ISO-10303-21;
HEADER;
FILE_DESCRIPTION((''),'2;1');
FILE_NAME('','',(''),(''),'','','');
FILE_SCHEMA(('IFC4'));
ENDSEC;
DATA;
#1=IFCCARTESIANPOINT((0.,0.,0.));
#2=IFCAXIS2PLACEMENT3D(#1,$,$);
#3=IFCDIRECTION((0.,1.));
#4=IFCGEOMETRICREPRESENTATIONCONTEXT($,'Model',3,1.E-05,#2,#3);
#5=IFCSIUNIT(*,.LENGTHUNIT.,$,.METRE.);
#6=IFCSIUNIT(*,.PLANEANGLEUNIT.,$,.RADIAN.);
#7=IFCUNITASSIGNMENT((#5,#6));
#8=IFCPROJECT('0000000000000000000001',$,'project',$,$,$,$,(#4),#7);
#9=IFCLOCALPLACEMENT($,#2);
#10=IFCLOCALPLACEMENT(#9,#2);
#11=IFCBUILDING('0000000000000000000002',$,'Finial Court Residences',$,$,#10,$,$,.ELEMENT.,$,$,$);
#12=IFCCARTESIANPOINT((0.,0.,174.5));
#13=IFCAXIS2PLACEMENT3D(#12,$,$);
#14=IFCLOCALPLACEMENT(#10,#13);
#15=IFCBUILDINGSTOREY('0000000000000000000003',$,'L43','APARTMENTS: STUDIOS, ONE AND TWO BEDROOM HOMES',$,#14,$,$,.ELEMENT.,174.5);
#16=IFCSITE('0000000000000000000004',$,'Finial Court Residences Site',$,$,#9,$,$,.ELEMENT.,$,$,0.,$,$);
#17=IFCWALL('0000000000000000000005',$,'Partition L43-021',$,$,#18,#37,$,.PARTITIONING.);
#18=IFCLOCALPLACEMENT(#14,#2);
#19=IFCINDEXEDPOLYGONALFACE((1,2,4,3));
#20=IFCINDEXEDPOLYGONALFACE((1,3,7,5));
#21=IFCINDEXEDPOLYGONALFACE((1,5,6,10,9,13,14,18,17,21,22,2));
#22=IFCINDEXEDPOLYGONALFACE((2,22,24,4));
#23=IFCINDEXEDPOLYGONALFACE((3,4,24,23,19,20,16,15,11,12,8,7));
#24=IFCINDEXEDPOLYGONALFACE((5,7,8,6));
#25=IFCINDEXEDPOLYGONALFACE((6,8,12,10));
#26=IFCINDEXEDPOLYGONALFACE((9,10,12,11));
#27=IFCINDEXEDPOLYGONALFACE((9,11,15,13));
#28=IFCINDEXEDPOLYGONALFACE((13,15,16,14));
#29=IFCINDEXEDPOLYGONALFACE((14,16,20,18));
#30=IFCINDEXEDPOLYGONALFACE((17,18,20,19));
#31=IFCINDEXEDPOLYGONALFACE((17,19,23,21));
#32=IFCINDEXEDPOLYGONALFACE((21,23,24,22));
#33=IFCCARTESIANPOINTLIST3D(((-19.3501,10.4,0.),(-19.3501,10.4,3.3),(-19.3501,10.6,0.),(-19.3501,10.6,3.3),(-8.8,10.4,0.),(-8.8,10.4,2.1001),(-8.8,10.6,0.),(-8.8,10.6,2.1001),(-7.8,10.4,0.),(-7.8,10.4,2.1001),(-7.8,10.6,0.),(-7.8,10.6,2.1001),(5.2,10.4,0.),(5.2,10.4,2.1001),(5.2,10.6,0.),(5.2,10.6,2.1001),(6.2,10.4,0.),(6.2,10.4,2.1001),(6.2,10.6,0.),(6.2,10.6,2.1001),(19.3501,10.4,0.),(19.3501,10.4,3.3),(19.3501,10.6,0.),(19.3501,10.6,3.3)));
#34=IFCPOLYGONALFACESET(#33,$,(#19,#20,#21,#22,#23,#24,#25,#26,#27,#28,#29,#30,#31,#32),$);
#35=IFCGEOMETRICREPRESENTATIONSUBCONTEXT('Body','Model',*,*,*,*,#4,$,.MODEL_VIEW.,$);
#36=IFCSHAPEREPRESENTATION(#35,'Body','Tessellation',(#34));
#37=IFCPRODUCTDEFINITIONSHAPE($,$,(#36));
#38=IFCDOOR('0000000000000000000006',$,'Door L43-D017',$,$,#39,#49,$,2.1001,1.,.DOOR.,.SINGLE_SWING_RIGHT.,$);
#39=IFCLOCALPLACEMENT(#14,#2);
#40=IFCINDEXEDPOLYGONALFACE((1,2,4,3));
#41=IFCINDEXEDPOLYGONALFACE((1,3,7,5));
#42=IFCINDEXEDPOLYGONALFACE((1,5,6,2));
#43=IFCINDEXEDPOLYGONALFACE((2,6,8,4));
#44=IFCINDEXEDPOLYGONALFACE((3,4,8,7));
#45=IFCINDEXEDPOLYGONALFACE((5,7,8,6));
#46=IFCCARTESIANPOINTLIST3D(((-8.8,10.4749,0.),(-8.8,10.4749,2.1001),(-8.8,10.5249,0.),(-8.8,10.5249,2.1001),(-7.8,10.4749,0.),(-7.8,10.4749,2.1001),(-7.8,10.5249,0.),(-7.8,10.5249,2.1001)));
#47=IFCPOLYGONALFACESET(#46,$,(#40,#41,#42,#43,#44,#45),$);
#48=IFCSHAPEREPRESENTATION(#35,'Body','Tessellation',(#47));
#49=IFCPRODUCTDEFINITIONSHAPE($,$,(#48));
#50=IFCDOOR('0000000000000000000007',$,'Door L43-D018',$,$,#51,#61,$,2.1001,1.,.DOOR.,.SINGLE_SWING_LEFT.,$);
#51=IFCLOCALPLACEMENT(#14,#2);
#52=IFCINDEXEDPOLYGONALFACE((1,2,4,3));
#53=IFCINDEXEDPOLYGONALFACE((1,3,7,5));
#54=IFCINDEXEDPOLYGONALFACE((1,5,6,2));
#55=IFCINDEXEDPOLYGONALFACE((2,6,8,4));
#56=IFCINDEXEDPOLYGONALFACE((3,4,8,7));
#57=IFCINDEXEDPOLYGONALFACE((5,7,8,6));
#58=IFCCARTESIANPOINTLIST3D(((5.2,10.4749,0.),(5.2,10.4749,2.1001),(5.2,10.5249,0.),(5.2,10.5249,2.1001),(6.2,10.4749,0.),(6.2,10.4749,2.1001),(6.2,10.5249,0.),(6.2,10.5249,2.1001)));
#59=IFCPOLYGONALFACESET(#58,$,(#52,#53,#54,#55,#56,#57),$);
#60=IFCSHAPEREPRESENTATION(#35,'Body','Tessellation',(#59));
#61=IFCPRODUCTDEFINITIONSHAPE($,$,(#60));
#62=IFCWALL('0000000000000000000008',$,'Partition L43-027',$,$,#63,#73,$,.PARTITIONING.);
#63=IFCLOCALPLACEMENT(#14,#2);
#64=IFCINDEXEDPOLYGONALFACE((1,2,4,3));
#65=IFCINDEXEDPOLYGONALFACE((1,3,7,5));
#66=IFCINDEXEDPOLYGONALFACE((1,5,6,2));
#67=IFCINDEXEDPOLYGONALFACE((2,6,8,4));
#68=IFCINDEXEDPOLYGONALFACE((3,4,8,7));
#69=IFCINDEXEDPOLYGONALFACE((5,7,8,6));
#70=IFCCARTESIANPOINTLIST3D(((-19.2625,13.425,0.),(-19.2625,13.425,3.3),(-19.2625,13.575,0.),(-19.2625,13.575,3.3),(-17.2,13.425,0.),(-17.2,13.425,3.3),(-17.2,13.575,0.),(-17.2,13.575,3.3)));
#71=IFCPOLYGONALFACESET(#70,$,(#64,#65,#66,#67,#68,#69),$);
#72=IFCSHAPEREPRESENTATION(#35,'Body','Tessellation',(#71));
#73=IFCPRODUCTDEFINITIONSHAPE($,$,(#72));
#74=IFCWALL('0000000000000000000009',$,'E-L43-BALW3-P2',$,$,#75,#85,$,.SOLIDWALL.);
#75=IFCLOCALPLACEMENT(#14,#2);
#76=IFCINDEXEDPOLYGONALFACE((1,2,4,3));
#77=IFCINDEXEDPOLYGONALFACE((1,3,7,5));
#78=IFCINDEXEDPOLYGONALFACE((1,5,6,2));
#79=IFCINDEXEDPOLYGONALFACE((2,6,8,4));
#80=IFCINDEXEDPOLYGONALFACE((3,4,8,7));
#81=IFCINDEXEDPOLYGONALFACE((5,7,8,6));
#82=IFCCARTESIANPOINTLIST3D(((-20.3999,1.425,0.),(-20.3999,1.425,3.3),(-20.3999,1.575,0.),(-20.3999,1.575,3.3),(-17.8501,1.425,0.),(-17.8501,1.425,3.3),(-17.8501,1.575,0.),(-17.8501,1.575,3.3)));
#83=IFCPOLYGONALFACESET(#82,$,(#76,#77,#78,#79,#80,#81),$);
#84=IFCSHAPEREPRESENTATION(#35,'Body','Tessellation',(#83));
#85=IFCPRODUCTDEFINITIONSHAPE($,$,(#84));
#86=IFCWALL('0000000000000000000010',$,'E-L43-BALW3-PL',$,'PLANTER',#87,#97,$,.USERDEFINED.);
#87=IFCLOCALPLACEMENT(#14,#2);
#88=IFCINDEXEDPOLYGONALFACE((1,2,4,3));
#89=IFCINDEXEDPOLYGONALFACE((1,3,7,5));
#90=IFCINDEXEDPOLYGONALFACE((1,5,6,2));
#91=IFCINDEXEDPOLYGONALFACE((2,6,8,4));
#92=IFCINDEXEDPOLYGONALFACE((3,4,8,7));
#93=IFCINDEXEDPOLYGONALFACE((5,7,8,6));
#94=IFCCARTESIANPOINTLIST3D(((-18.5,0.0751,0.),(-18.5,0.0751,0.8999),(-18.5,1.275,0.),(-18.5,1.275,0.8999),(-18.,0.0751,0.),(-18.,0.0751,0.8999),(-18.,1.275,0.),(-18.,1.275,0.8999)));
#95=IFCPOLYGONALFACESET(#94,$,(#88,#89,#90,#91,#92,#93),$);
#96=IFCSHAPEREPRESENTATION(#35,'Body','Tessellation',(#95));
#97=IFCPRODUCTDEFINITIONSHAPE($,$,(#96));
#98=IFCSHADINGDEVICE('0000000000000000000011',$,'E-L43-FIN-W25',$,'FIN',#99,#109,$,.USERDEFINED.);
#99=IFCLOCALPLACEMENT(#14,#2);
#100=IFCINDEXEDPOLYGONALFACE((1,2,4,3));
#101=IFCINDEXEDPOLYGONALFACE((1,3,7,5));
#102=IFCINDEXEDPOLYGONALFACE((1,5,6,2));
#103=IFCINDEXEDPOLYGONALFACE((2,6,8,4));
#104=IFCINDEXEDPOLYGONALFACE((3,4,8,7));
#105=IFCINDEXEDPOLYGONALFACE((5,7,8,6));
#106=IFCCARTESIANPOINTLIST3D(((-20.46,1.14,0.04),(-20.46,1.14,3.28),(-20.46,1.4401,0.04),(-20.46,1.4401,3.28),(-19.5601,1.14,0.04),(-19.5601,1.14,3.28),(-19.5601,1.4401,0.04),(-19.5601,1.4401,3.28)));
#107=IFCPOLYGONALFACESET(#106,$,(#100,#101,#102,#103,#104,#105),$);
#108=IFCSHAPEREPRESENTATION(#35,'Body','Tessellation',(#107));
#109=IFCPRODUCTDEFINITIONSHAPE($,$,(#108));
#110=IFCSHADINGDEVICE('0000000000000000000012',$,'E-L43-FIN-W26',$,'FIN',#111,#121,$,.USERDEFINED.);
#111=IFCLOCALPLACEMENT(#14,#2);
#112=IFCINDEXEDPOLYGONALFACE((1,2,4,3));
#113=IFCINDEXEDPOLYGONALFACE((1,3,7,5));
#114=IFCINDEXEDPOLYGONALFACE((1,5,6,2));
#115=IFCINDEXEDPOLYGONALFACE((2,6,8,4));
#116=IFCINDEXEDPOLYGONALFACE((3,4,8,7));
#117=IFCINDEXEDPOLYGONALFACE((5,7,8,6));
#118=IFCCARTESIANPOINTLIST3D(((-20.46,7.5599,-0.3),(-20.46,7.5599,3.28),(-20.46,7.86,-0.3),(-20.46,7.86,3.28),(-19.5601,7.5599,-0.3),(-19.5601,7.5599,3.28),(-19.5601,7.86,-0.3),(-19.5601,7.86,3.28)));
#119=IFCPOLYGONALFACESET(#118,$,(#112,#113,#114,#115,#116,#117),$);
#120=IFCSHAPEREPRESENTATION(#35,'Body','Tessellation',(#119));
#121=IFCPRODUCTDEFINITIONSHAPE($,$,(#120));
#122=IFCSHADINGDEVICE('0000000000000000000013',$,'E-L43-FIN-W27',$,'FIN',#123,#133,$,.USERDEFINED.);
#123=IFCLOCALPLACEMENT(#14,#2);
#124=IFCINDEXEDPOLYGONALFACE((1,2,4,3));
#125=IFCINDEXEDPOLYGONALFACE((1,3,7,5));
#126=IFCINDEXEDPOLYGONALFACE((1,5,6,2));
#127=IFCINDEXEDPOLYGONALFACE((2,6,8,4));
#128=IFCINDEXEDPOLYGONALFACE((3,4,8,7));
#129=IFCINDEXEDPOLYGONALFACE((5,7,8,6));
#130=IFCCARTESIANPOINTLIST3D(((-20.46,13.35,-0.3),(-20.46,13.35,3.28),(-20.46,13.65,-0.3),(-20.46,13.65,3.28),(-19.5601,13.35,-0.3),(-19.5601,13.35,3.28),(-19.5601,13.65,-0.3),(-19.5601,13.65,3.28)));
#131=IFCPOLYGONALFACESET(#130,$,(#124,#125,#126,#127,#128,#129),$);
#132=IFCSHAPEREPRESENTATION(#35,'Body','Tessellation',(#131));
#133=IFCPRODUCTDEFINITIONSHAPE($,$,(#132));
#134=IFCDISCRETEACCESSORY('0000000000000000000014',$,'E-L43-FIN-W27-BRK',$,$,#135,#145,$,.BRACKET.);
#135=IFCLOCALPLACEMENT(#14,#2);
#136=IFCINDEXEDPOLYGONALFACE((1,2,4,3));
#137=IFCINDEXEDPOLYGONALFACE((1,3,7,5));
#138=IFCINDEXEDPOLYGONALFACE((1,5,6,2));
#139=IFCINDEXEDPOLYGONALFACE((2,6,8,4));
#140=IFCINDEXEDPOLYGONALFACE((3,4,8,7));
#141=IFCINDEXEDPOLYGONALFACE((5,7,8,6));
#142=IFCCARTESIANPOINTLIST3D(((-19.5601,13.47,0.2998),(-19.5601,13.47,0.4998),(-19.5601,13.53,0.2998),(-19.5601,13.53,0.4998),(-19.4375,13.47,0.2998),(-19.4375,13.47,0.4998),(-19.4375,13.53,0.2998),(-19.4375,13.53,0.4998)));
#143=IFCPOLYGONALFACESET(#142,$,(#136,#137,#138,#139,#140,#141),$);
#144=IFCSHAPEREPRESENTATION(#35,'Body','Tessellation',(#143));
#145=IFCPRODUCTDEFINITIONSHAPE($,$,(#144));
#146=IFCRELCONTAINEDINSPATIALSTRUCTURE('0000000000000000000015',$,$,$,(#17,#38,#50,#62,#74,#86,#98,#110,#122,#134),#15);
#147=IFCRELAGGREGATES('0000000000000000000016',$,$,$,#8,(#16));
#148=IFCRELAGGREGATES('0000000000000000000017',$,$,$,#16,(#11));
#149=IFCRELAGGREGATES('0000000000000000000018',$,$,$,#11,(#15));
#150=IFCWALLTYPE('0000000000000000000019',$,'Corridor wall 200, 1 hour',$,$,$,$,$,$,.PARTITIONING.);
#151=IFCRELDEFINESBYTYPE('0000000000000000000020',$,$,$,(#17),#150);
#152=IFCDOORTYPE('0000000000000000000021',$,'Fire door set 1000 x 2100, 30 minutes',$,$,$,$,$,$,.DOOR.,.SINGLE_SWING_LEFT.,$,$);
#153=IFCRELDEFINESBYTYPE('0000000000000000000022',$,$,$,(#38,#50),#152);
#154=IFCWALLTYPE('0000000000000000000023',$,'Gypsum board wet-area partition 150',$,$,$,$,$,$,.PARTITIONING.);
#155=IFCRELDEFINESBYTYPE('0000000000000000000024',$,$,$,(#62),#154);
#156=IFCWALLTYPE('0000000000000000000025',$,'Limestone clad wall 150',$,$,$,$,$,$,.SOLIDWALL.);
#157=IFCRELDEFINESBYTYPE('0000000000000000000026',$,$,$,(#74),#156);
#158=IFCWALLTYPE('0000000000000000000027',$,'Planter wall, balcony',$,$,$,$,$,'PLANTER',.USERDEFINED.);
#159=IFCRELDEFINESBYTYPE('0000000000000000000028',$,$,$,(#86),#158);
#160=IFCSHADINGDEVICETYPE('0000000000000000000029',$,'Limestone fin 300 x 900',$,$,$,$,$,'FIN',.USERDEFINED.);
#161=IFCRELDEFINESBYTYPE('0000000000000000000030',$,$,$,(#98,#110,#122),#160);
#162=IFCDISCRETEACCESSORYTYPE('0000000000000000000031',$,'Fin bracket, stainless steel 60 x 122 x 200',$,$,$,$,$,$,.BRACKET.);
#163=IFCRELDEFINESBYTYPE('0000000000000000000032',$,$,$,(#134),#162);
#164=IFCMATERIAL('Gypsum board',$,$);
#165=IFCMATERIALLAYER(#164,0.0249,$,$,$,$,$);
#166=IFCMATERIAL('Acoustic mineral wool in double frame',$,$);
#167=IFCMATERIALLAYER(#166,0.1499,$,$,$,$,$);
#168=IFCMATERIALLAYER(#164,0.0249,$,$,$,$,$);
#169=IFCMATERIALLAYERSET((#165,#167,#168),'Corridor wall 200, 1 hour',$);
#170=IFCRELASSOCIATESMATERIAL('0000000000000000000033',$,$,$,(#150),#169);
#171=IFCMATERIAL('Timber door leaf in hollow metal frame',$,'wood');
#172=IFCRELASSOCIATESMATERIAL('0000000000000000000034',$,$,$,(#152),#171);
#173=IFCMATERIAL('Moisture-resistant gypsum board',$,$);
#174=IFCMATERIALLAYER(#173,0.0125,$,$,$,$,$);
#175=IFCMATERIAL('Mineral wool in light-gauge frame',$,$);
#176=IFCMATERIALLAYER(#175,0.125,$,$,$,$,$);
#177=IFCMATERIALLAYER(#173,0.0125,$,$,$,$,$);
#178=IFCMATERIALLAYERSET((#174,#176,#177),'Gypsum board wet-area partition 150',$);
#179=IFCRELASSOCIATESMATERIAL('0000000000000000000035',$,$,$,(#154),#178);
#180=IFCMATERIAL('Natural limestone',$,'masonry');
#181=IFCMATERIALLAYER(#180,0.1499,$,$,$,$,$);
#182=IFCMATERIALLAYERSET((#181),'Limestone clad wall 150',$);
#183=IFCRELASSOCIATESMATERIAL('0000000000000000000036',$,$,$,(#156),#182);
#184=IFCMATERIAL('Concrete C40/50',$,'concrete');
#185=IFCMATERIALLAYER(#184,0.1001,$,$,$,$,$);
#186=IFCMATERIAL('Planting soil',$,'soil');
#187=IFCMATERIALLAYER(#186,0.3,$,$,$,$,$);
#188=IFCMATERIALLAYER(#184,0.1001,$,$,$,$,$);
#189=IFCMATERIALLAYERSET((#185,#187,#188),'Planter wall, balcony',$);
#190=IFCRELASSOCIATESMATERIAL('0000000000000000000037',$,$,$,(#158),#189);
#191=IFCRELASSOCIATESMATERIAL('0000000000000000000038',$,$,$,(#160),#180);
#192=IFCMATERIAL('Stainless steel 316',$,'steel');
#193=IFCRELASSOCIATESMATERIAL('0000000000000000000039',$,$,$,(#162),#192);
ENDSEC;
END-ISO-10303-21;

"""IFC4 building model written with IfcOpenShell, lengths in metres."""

from ifc_helpers import new_model, si_unit, direction, frame, frame_2d, origin, origin_2d, place, context, subcontext, project, spatial, rectangle, extrude, material, layer, layer_set, type_object, element, fill, save


model = new_model("IFC4")

# Units and contexts
model_context = context("Model", 3, precision=1e-05, world=origin(), true_north=direction((0.0, 1.0)))
body_context = subcontext(model_context, "Body", "Model", "MODEL_VIEW")
ifc_project = project(units=[si_unit("LENGTHUNIT", "METRE"), si_unit("PLANEANGLEUNIT", "RADIAN")], contexts=[model_context])

# Site, building, storey
site_placement = place(None, origin())
site = spatial("IfcSite", under=ifc_project, at=site_placement, Name="Finial Court Residences Site", CompositionType="ELEMENT", RefElevation=0.0)
building_placement = place(site_placement, origin())
building = spatial("IfcBuilding", under=site, at=building_placement, Name="Finial Court Residences", CompositionType="ELEMENT")
storey_placement = place(building_placement, frame((0.0, 0.0, 174.5)))
storey = spatial("IfcBuildingStorey", under=building, at=storey_placement, Name="L43", Description="APARTMENTS: STUDIOS, ONE AND TWO BEDROOM HOMES", CompositionType="ELEMENT", Elevation=174.5)

# Shared definitions
ifc_material_1 = material(Name="Gypsum board")
ifc_layer_1 = layer(ifc_material_1, 0.0249)
ifc_material_2 = material(Name="Acoustic mineral wool in double frame")
ifc_layer_2 = layer(ifc_material_2, 0.1499)
ifc_layer_3 = layer(ifc_material_1, 0.0249)
ifc_layer_set_1 = layer_set([ifc_layer_1, ifc_layer_2, ifc_layer_3], Name="Corridor wall 200, 1 hour")
wall_type_1 = type_object("IfcWallType", Name="Corridor wall 200, 1 hour", PredefinedType="PARTITIONING", material=ifc_layer_set_1)

# Wall, openings, doors
wall_1_placement = place(storey_placement, frame((-19.3501, 10.5, 0.0), z_axis=(0.0, 0.0, 1.0), x_axis=(1.0, 0.0, 0.0)))
wall_1 = element("IfcWall", 1, at=wall_1_placement, inside=storey, type_object=wall_type_1, Name="Partition L43-021", PredefinedType="PARTITIONING", context=body_context, shape_type="SweptSolid", body=[
    extrude(rectangle(XDim=38.7002, YDim=0.2, at=frame_2d((19.3501, 0.0))), origin(), (0.0, 0.0, 1.0), 3.3),
])
opening_1_placement = place(wall_1_placement, frame((10.55, 0.0, 0.0)))
opening_1 = element("IfcOpeningElement", 2, at=opening_1_placement, cuts=wall_1, PredefinedType="OPENING", context=body_context, shape_type="SweptSolid", body=[
    extrude(rectangle(XDim=1.0, YDim=2.1001, at=frame_2d((0.5, 1.05))), frame((0.0, 0.1099, 0.0), z_axis=(0.0, -1.0, 0.0), x_axis=(1.0, 0.0, 0.0)), (0.0, 0.0, 1.0), 0.22),
])
opening_2_placement = place(wall_1_placement, frame((24.55, 0.0, 0.0)))
opening_2 = element("IfcOpeningElement", 3, at=opening_2_placement, cuts=wall_1, PredefinedType="OPENING", context=body_context, shape_type="SweptSolid", body=[
    extrude(rectangle(XDim=1.0, YDim=2.1001, at=frame_2d((0.5, 1.05))), frame((0.0, 0.1099, 0.0), z_axis=(0.0, -1.0, 0.0), x_axis=(1.0, 0.0, 0.0)), (0.0, 0.0, 1.0), 0.22),
])
ifc_material_3 = material(Name="Timber door leaf in hollow metal frame", Category="wood")
door_type = type_object("IfcDoorType", Name="Fire door set 1000 x 2100, 30 minutes", OperationType="SINGLE_SWING_LEFT", PredefinedType="DOOR", material=ifc_material_3)
door_1_placement = place(opening_1_placement, origin())
door_1 = element("IfcDoor", 4, at=door_1_placement, inside=storey, type_object=door_type, Name="Door L43-D017", OperationType="SINGLE_SWING_RIGHT", OverallHeight=2.1001, OverallWidth=1.0, PredefinedType="DOOR", context=body_context, shape_type="SweptSolid", body=[
    extrude(rectangle(XDim=1.0, YDim=2.1001, at=frame_2d((0.5, 1.05))), frame((0.0, 0.0249, 0.0), z_axis=(0.0, -1.0, 0.0), x_axis=(1.0, 0.0, 0.0)), (0.0, 0.0, 1.0), 0.05),
])
fill(opening_1, door_1)
door_2_placement = place(opening_2_placement, origin())
door_2 = element("IfcDoor", 5, at=door_2_placement, inside=storey, type_object=door_type, Name="Door L43-D018", OperationType="SINGLE_SWING_LEFT", OverallHeight=2.1001, OverallWidth=1.0, PredefinedType="DOOR", context=body_context, shape_type="SweptSolid", body=[
    extrude(rectangle(XDim=1.0, YDim=2.1001, at=frame_2d((0.5, 1.05))), frame((0.0, 0.0249, 0.0), z_axis=(0.0, -1.0, 0.0), x_axis=(1.0, 0.0, 0.0)), (0.0, 0.0, 1.0), 0.05),
])
fill(opening_2, door_2)

# Walls
ifc_material_4 = material(Name="Moisture-resistant gypsum board")
ifc_layer_4 = layer(ifc_material_4, 0.0125)
ifc_material_5 = material(Name="Mineral wool in light-gauge frame")
ifc_layer_5 = layer(ifc_material_5, 0.125)
ifc_layer_6 = layer(ifc_material_4, 0.0125)
ifc_layer_set_2 = layer_set([ifc_layer_4, ifc_layer_5, ifc_layer_6], Name="Gypsum board wet-area partition 150")
wall_type_2 = type_object("IfcWallType", Name="Gypsum board wet-area partition 150", PredefinedType="PARTITIONING", material=ifc_layer_set_2)
wall_2_placement = place(storey_placement, frame((-19.2625, 13.5, 0.0), z_axis=(0.0, 0.0, 1.0), x_axis=(1.0, 0.0, 0.0)))
element("IfcWall", 6, at=wall_2_placement, inside=storey, type_object=wall_type_2, Name="Partition L43-027", PredefinedType="PARTITIONING", context=body_context, shape_type="SweptSolid", body=[
    extrude(rectangle(XDim=2.0625, YDim=0.1499, at=frame_2d((1.0312, 0.0))), origin(), (0.0, 0.0, 1.0), 3.3),
])
ifc_material_6 = material(Name="Natural limestone", Category="masonry")
ifc_layer_7 = layer(ifc_material_6, 0.1499)
ifc_layer_set_3 = layer_set([ifc_layer_7], Name="Limestone clad wall 150")
wall_type_3 = type_object("IfcWallType", Name="Limestone clad wall 150", PredefinedType="SOLIDWALL", material=ifc_layer_set_3)
wall_3_placement = place(storey_placement, frame((-17.8501, 1.5, 0.0), z_axis=(0.0, 0.0, 1.0), x_axis=(-1.0, 0.0, 0.0)))
element("IfcWall", 7, at=wall_3_placement, inside=storey, type_object=wall_type_3, Name="E-L43-BALW3-P2", PredefinedType="SOLIDWALL", context=body_context, shape_type="SweptSolid", body=[
    extrude(rectangle(XDim=2.5498, YDim=0.1499, at=frame_2d((1.2749, 0.0))), origin(), (0.0, 0.0, 1.0), 3.3),
])
ifc_material_7 = material(Name="Concrete C40/50", Category="concrete")
ifc_layer_8 = layer(ifc_material_7, 0.1001)
ifc_material_8 = material(Name="Planting soil", Category="soil")
ifc_layer_9 = layer(ifc_material_8, 0.3)
ifc_layer_10 = layer(ifc_material_7, 0.1001)
ifc_layer_set_4 = layer_set([ifc_layer_8, ifc_layer_9, ifc_layer_10], Name="Planter wall, balcony")
wall_type_4 = type_object("IfcWallType", Name="Planter wall, balcony", ElementType="PLANTER", PredefinedType="USERDEFINED", material=ifc_layer_set_4)
wall_4_placement = place(storey_placement, frame((-18.25, 0.075, 0.0), z_axis=(0.0, 0.0, 1.0), x_axis=(0.0, 1.0, 0.0)))
element("IfcWall", 8, at=wall_4_placement, inside=storey, type_object=wall_type_4, Name="E-L43-BALW3-PL", ObjectType="PLANTER", PredefinedType="USERDEFINED", context=body_context, shape_type="SweptSolid", body=[
    extrude(rectangle(XDim=1.2, YDim=0.5, at=frame_2d((0.6001, 0.0))), origin(), (0.0, 0.0, 1.0), 0.8999),
])

# Shading devices
shading_device_type = type_object("IfcShadingDeviceType", Name="Limestone fin 300 x 900", ElementType="FIN", PredefinedType="USERDEFINED", material=ifc_material_6)
shading_device_placement = place(storey_placement, frame((-20.01, 1.29, 0.04), z_axis=(0.0, 0.0, 1.0), x_axis=(1.0, 0.0, 0.0)))
element("IfcShadingDevice", 9, at=shading_device_placement, inside=storey, type_object=shading_device_type, Name="E-L43-FIN-W25", ObjectType="FIN", PredefinedType="USERDEFINED", context=body_context, shape_type="SweptSolid", body=[
    extrude(rectangle(XDim=0.8999, YDim=0.3, at=origin_2d()), origin(), (0.0, 0.0, 1.0), 3.24),
])
for number, where, z_axis, x_axis, name in (
    (10, (-20.01, 7.71, -0.3), (0.0, 0.0, 1.0), (1.0, 0.0, 0.0), "E-L43-FIN-W26"),
    (11, (-20.01, 13.5, -0.3), (0.0, 0.0, 1.0), (1.0, 0.0, 0.0), "E-L43-FIN-W27"),
):
    element("IfcShadingDevice", number, at=place(storey_placement, frame(where, z_axis=z_axis, x_axis=x_axis)), inside=storey, type_object=shading_device_type, Name=name, ObjectType="FIN", PredefinedType="USERDEFINED", context=body_context, shape_type="SweptSolid", body=[
        extrude(rectangle(XDim=0.8999, YDim=0.3, at=origin_2d()), origin(), (0.0, 0.0, 1.0), 3.5801),
    ])

# Discrete accessory
ifc_material_9 = material(Name="Stainless steel 316", Category="steel")
discrete_accessory_type = type_object("IfcDiscreteAccessoryType", Name="Fin bracket, stainless steel 60 x 122 x 200", PredefinedType="BRACKET", material=ifc_material_9)
discrete_accessory_placement = place(storey_placement, frame((-19.4988, 13.5, 0.2998), z_axis=(0.0, 0.0, 1.0), x_axis=(1.0, 0.0, 0.0)))
element("IfcDiscreteAccessory", 12, at=discrete_accessory_placement, inside=storey, type_object=discrete_accessory_type, Name="E-L43-FIN-W27-BRK", PredefinedType="BRACKET", context=body_context, shape_type="SweptSolid", body=[
    extrude(rectangle(XDim=0.1226, YDim=0.0601, at=origin_2d()), origin(), (0.0, 0.0, 1.0), 0.2),
])

save(model, "model.ifc")
